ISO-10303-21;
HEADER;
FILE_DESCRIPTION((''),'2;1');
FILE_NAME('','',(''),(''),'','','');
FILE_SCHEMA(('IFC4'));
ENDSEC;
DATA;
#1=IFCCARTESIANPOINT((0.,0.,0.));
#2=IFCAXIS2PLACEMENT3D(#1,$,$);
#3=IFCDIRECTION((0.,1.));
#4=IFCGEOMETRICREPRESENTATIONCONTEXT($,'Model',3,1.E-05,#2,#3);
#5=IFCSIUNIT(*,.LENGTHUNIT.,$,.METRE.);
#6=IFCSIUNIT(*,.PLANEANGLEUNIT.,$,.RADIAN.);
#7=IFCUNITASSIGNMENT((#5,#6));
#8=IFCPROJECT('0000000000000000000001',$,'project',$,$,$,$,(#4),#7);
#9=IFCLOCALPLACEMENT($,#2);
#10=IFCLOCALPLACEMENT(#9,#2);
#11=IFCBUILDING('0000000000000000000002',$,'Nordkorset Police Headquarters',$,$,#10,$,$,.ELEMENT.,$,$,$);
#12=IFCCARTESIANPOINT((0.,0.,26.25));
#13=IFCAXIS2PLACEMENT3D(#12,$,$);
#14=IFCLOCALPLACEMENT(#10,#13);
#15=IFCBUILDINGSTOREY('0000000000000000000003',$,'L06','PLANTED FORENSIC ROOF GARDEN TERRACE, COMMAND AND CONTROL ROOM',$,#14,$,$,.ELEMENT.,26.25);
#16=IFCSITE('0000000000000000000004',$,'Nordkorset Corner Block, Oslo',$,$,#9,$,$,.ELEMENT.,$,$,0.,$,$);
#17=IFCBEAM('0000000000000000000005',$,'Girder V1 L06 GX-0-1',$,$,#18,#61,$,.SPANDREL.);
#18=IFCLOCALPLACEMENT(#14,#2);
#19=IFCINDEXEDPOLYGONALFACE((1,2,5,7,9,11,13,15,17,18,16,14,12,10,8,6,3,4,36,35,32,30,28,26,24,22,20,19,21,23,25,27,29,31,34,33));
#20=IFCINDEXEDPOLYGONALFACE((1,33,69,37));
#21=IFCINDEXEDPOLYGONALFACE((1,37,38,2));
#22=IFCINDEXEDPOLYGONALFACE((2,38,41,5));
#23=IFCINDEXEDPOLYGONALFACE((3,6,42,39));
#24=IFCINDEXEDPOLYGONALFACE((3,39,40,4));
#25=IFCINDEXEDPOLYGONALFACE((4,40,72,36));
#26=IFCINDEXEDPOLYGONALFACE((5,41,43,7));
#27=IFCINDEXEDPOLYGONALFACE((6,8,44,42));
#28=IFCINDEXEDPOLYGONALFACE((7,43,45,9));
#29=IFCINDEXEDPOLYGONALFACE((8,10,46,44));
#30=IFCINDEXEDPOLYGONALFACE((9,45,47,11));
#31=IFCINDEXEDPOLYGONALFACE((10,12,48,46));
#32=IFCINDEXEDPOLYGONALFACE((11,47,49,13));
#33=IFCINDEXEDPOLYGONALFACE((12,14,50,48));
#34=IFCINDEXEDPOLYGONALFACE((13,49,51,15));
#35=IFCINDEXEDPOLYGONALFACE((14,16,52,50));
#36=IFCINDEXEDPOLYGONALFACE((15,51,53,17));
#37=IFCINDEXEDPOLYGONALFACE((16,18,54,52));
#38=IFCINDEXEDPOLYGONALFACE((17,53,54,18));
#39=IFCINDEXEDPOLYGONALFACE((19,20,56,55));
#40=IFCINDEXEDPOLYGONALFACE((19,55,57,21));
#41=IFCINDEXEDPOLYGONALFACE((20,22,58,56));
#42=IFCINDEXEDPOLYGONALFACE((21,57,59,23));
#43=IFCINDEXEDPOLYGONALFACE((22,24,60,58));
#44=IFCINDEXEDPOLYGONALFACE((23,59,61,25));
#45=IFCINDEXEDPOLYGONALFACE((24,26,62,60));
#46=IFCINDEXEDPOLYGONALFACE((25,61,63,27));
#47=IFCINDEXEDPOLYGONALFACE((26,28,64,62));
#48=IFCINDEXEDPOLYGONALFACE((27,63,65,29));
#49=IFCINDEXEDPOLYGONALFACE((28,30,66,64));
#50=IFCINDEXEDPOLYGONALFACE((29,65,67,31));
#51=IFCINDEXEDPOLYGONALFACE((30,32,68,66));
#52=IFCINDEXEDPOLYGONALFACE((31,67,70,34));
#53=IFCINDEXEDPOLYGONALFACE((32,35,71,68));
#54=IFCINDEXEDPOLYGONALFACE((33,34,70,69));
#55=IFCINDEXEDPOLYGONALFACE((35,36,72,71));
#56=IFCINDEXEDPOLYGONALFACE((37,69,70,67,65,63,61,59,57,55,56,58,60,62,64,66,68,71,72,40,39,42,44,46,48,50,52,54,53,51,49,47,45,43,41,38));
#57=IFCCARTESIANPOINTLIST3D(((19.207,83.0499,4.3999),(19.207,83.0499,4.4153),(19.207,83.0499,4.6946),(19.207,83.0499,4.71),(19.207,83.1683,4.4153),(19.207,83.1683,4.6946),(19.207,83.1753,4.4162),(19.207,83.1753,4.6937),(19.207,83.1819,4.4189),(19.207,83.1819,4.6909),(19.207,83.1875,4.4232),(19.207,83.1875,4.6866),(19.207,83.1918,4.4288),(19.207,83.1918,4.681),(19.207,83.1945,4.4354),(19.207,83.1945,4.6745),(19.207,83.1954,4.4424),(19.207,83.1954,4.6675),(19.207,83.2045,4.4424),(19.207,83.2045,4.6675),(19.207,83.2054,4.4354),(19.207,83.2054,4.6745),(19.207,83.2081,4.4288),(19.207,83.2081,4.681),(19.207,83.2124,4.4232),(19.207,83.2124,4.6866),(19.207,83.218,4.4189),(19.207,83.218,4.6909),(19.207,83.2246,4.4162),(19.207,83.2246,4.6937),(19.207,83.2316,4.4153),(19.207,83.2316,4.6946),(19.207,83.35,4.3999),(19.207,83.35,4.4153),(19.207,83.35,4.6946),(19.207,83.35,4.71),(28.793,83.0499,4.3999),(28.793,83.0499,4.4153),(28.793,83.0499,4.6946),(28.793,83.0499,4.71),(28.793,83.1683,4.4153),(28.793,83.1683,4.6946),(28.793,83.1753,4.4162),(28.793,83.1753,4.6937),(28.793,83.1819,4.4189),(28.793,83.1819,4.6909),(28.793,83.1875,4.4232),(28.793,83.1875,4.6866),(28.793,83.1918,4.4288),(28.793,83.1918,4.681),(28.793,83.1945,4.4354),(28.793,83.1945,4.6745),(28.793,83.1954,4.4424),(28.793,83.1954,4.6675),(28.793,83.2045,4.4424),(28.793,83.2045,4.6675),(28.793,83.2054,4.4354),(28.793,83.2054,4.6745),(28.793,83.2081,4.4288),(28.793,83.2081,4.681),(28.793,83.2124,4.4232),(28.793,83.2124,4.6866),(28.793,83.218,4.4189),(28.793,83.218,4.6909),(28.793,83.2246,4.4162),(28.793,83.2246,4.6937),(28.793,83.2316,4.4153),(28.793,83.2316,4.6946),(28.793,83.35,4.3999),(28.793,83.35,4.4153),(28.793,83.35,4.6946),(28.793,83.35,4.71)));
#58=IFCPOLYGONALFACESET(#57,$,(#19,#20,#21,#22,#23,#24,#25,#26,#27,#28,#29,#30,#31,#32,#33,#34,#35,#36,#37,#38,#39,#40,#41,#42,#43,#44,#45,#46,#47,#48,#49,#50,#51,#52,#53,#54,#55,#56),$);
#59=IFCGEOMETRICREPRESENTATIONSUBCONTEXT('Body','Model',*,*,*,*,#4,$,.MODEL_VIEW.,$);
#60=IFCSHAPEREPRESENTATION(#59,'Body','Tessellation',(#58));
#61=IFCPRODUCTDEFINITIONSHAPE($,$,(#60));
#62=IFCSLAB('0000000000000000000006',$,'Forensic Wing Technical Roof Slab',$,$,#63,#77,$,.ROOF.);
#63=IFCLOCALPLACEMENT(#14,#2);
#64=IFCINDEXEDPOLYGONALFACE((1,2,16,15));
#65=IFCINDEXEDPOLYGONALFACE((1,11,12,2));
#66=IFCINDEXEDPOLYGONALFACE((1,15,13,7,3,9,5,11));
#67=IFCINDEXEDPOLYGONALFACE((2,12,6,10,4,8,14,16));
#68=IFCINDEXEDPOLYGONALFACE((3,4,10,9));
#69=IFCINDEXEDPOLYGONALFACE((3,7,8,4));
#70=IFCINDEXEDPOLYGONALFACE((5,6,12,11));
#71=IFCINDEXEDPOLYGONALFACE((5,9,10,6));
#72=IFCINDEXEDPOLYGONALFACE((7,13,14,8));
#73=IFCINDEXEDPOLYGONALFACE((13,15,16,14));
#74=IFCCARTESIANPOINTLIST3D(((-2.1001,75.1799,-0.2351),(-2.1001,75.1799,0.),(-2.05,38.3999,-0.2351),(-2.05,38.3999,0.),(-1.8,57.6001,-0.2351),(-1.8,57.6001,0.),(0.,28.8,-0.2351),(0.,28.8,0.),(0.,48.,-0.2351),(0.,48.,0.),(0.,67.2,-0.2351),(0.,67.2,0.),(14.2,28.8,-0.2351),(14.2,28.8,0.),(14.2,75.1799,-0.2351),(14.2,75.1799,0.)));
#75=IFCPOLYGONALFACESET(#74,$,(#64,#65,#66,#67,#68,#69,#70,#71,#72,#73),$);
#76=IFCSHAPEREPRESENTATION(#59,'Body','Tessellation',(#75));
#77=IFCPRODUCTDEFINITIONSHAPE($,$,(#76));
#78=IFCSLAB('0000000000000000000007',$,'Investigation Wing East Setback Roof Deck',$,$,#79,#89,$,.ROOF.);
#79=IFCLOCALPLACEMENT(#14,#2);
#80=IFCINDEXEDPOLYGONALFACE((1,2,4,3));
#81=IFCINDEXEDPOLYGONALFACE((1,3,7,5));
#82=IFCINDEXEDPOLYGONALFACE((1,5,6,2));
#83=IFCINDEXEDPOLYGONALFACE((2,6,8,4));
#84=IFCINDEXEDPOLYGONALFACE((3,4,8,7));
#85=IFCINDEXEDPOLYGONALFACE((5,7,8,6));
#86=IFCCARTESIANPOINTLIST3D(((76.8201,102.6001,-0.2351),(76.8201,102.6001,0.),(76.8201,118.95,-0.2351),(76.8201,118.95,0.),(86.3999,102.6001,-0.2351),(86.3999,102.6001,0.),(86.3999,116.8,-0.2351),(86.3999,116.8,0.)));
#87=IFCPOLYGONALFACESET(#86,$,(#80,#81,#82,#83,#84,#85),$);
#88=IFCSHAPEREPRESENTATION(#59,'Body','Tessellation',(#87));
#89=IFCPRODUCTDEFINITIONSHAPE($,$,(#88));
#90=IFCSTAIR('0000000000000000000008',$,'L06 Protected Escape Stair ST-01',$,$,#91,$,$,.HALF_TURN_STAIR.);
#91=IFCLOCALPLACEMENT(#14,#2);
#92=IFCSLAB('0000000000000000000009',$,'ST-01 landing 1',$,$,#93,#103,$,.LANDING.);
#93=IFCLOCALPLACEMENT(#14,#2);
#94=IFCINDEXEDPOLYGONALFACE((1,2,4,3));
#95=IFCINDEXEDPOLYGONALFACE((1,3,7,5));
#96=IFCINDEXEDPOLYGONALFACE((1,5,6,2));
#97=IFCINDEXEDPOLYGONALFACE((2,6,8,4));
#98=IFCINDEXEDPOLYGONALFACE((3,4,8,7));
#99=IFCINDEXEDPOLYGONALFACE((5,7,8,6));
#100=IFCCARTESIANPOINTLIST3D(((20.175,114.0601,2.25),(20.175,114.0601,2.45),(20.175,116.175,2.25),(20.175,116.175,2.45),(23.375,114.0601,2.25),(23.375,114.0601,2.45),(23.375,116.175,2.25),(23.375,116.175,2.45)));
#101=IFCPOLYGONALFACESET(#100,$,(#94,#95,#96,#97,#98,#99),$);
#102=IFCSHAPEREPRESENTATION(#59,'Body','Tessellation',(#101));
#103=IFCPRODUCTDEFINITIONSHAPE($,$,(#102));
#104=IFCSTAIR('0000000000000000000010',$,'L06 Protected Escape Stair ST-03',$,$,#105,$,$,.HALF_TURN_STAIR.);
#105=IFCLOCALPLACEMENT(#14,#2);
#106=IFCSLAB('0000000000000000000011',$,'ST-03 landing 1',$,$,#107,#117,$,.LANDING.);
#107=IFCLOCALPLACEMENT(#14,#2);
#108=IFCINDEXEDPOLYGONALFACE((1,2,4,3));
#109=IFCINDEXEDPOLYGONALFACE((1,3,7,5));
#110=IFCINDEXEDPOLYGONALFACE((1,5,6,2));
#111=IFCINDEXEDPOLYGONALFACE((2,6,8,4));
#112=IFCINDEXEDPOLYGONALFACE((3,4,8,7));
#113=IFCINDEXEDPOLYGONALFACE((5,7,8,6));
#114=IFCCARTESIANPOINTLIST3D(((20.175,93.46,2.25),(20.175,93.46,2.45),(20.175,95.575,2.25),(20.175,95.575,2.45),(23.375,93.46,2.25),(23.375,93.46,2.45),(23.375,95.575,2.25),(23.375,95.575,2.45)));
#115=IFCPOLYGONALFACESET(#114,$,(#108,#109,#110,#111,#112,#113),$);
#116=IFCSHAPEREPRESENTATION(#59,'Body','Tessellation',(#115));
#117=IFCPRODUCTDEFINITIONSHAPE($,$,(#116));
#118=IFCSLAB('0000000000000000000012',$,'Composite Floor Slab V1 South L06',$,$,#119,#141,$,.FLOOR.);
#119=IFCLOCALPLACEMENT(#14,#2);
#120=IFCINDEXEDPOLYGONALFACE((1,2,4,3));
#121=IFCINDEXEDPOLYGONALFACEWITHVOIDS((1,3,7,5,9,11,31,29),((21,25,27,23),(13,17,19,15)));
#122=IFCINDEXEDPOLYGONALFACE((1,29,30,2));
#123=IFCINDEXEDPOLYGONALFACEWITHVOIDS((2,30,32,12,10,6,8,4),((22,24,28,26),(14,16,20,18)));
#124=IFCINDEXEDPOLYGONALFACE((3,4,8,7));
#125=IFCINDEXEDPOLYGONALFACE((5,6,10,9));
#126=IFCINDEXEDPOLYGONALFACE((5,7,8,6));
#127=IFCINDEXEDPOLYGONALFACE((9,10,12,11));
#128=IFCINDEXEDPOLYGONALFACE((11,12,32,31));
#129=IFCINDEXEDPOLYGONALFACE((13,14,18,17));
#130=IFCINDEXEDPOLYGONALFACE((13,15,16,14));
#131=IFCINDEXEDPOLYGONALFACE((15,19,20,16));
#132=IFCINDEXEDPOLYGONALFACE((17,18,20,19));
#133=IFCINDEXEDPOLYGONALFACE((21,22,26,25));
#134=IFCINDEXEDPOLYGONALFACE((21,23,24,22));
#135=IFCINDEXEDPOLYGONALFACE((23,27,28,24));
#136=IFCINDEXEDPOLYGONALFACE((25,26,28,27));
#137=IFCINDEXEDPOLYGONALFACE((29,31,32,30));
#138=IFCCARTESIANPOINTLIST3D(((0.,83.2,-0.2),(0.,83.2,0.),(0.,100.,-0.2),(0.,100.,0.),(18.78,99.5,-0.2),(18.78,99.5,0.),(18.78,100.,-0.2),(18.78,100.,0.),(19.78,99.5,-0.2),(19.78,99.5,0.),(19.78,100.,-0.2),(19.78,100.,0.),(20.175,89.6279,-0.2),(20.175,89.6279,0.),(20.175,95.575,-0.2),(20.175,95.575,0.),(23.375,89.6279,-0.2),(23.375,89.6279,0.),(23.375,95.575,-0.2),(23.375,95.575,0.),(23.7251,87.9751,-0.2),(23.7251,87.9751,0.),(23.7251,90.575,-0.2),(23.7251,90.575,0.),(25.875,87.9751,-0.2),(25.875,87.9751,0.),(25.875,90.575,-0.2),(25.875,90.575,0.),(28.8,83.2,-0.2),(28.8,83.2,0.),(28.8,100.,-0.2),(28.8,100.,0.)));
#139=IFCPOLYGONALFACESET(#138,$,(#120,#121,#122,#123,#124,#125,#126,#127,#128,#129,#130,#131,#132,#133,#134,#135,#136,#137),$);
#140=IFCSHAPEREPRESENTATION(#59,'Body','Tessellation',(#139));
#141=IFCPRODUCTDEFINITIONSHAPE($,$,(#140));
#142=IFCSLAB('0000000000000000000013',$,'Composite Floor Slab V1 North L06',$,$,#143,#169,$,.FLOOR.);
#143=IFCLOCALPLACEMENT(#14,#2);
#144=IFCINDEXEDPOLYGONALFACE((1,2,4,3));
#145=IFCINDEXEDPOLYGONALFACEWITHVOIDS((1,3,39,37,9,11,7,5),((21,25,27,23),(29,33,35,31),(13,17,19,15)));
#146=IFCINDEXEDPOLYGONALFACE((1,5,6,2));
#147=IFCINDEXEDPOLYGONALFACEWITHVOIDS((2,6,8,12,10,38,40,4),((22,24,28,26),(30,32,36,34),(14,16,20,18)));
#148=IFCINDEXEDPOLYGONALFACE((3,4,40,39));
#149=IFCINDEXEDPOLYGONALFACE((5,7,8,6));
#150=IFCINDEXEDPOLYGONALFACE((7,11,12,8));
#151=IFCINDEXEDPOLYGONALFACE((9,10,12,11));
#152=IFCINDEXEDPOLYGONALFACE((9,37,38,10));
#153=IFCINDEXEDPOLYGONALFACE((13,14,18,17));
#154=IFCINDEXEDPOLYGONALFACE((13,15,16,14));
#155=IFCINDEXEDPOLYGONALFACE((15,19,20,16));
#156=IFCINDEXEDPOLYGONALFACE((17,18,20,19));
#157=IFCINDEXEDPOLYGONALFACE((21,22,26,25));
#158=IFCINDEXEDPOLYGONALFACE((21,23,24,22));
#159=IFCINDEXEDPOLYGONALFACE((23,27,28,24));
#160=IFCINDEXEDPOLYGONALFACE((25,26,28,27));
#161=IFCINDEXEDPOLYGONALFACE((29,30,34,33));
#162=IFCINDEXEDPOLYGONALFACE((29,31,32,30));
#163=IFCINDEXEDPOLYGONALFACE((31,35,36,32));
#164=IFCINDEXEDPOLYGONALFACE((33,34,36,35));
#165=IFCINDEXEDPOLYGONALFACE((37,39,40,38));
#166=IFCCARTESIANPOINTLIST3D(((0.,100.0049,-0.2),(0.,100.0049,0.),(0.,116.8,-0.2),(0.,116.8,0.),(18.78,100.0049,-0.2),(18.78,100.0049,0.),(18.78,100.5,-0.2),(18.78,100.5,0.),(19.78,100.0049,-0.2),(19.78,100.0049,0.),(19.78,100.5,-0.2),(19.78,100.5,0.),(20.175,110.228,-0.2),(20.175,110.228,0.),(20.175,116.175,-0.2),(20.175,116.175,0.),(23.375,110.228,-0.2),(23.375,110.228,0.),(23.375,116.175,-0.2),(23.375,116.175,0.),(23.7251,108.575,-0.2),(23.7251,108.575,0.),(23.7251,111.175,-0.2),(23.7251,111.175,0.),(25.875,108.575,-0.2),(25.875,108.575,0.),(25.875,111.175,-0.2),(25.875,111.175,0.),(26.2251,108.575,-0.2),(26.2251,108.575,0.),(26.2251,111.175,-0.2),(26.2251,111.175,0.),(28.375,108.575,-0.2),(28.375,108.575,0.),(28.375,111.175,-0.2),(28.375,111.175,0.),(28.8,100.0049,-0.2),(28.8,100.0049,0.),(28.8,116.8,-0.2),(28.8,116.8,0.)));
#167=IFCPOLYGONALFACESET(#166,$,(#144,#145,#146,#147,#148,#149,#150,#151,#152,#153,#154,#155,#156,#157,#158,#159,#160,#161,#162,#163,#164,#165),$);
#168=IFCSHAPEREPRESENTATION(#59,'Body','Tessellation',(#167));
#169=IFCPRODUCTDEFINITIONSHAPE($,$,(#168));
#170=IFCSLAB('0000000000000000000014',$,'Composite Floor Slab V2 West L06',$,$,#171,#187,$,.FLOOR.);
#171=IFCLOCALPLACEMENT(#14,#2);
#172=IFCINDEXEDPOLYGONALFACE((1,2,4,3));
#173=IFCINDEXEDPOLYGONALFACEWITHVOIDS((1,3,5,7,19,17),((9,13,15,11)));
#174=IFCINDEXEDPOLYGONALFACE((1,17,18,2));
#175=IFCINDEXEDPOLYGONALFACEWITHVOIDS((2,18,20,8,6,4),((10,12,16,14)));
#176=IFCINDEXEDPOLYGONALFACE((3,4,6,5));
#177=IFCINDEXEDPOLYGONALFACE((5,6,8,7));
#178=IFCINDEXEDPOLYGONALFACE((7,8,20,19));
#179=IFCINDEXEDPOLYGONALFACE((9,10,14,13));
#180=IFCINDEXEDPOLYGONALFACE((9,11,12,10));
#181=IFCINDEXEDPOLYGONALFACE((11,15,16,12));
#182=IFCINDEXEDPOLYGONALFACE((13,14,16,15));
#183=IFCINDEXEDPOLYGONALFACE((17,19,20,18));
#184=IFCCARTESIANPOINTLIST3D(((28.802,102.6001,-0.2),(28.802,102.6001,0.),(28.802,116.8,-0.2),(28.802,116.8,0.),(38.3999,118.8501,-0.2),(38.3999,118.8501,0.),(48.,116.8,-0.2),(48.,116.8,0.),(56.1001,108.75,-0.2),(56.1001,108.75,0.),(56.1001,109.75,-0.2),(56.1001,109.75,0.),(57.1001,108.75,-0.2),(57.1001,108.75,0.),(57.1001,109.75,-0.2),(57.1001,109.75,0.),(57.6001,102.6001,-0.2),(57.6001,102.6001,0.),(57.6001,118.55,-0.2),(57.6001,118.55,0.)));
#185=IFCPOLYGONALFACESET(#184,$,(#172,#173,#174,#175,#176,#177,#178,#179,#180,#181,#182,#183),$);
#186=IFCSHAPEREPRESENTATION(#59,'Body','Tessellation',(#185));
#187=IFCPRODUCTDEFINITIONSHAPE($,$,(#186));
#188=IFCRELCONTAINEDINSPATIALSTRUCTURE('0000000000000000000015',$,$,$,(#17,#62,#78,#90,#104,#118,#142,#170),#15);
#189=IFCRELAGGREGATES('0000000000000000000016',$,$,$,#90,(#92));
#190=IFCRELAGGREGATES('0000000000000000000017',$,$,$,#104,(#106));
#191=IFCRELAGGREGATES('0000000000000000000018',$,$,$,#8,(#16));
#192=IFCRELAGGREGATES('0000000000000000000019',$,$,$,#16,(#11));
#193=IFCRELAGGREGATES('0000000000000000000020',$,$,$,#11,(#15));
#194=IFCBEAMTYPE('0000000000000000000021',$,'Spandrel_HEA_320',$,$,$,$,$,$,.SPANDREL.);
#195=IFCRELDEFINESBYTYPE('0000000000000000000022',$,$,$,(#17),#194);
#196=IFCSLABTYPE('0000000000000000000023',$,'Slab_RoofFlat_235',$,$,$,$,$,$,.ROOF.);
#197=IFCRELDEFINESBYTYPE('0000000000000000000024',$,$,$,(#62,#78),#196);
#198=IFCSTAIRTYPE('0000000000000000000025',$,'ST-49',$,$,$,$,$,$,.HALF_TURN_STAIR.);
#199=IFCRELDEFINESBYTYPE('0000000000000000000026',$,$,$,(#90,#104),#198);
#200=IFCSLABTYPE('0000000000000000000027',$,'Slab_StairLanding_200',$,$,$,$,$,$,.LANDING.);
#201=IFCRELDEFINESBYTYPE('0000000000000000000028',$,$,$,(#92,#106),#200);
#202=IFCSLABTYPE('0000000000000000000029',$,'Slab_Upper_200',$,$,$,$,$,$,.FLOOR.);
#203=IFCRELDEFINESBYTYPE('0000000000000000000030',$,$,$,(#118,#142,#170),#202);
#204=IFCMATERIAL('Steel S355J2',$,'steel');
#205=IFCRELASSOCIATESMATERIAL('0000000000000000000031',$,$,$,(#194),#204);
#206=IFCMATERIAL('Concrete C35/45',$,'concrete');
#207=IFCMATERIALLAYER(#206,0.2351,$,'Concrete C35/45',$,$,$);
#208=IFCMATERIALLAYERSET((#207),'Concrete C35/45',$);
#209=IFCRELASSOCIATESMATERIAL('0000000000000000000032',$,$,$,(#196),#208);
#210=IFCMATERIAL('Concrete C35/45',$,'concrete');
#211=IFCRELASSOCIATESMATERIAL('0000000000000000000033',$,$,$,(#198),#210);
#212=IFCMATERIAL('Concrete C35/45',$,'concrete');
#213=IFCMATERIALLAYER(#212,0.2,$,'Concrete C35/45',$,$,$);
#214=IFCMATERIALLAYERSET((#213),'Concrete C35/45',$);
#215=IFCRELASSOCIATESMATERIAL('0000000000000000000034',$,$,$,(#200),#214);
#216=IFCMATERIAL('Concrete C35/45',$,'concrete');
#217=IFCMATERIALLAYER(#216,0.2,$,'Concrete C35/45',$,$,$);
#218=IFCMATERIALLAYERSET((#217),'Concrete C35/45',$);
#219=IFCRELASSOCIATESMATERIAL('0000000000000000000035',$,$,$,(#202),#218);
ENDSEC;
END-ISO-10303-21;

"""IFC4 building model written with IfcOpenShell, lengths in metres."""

from ifc_helpers import new_model, si_unit, direction, frame, origin, origin_2d, place, context, subcontext, project, spatial, polyline, i_section, outline, extrude, material, layer, layer_set, material_profile, profile_set, type_object, element, aggregate, save


model = new_model("IFC4")

# Units and contexts
model_context = context("Model", 3, precision=1e-05, world=origin(), true_north=direction((0.0, 1.0)))
body_context = subcontext(model_context, "Body", "Model", "MODEL_VIEW")
ifc_project = project(units=[si_unit("LENGTHUNIT", "METRE"), si_unit("PLANEANGLEUNIT", "RADIAN")], contexts=[model_context])

# Site, building, storey
site_placement = place(None, origin())
site = spatial("IfcSite", under=ifc_project, at=site_placement, Name="Nordkorset Corner Block, Oslo", CompositionType="ELEMENT", RefElevation=0.0)
building_placement = place(site_placement, origin())
building = spatial("IfcBuilding", under=site, at=building_placement, Name="Nordkorset Police Headquarters", CompositionType="ELEMENT")
storey_placement = place(building_placement, frame((0.0, 0.0, 26.25)))
storey = spatial("IfcBuildingStorey", under=building, at=storey_placement, Name="L06", Description="PLANTED FORENSIC ROOF GARDEN TERRACE, COMMAND AND CONTROL ROOM", CompositionType="ELEMENT", Elevation=26.25)

# Beam
ifc_material_1 = material(Name="Steel S355J2", Category="steel")
ifc_material_profile_1 = material_profile(ifc_material_1, i_section(OverallWidth=0.3, OverallDepth=0.3101, WebThickness=0.009, FlangeThickness=0.0154, FilletRadius=0.0271, at=origin_2d()), Name="HEA 320")
ifc_profile_set_1 = profile_set([ifc_material_profile_1], Name="Steel S355J2")
beam_type_1 = type_object("IfcBeamType", Name="Spandrel_HEA_320", PredefinedType="SPANDREL", material=ifc_profile_set_1)
beam_1_placement = place(storey_placement, frame((19.207, 83.2, 4.5549), z_axis=(1.0, 0.0, 0.0), x_axis=(0.0, 1.0, 0.0)))
element("IfcBeam", 1, at=beam_1_placement, inside=storey, type_object=beam_type_1, Name="Girder V1 L06 GX-0-1", PredefinedType="SPANDREL", context=body_context, shape_type="SweptSolid", body=[
    extrude(i_section(OverallWidth=0.3, OverallDepth=0.3101, WebThickness=0.009, FlangeThickness=0.0154, FilletRadius=0.0271, at=origin_2d()), origin(), (0.0, 0.0, 1.0), 9.5859),
])

# Slabs
ifc_material_2 = material(Name="Concrete C35/45", Category="concrete")
ifc_layer_1 = layer(ifc_material_2, 0.2351, Name="Concrete C35/45")
ifc_layer_set_1 = layer_set([ifc_layer_1], Name="Concrete C35/45")
slab_type_1 = type_object("IfcSlabType", Name="Slab_RoofFlat_235", PredefinedType="ROOF", material=ifc_layer_set_1)
slab_1_placement = place(storey_placement, frame((0.0, 0.0, -0.2351)))
element("IfcSlab", 2, at=slab_1_placement, inside=storey, type_object=slab_type_1, Name="Forensic Wing Technical Roof Slab", PredefinedType="ROOF", context=body_context, shape_type="SweptSolid", body=[
    extrude(outline(polyline([(0.0, 28.8), (14.2, 28.8), (14.2, 75.1799), (-2.1001, 75.1799), (0.0, 67.2), (-1.8, 57.6001), (0.0, 48.0), (-2.05, 38.3999), (0.0, 28.8)])), origin(), (0.0, 0.0, 1.0), 0.2351),
])
slab_2_placement = place(storey_placement, frame((0.0, 0.0, -0.2351)))
element("IfcSlab", 3, at=slab_2_placement, inside=storey, type_object=slab_type_1, Name="Investigation Wing East Setback Roof Deck", PredefinedType="ROOF", context=body_context, shape_type="SweptSolid", body=[
    extrude(outline(polyline([(76.8201, 102.6001), (86.3999, 102.6001), (86.3999, 116.8), (76.8201, 118.95), (76.8201, 102.6001)])), origin(), (0.0, 0.0, 1.0), 0.2351),
])

# Stairs, slabs
ifc_material_3 = material(Name="Concrete C35/45", Category="concrete")
stair_type = type_object("IfcStairType", Name="ST-49", PredefinedType="HALF_TURN_STAIR", material=ifc_material_3)
stair_1_placement = place(storey_placement, origin())
stair_1 = element("IfcStair", 4, at=stair_1_placement, inside=storey, type_object=stair_type, Name="L06 Protected Escape Stair ST-01", PredefinedType="HALF_TURN_STAIR")
ifc_material_4 = material(Name="Concrete C35/45", Category="concrete")
ifc_layer_2 = layer(ifc_material_4, 0.2, Name="Concrete C35/45")
ifc_layer_set_2 = layer_set([ifc_layer_2], Name="Concrete C35/45")
slab_type_2 = type_object("IfcSlabType", Name="Slab_StairLanding_200", PredefinedType="LANDING", material=ifc_layer_set_2)
slab_3_placement = place(storey_placement, frame((0.0, 0.0, 2.25)))
slab_3 = element("IfcSlab", 5, at=slab_3_placement, type_object=slab_type_2, Name="ST-01 landing 1", PredefinedType="LANDING", context=body_context, shape_type="SweptSolid", body=[
    extrude(outline(polyline([(23.375, 114.0601), (23.375, 116.175), (20.175, 116.175), (20.175, 114.0601), (23.375, 114.0601)])), origin(), (0.0, 0.0, 1.0), 0.2),
])
aggregate(stair_1, [slab_3])
stair_2_placement = place(storey_placement, origin())
stair_2 = element("IfcStair", 6, at=stair_2_placement, inside=storey, type_object=stair_type, Name="L06 Protected Escape Stair ST-03", PredefinedType="HALF_TURN_STAIR")
slab_4_placement = place(storey_placement, frame((0.0, 0.0, 2.25)))
slab_4 = element("IfcSlab", 7, at=slab_4_placement, type_object=slab_type_2, Name="ST-03 landing 1", PredefinedType="LANDING", context=body_context, shape_type="SweptSolid", body=[
    extrude(outline(polyline([(23.375, 93.46), (23.375, 95.575), (20.175, 95.575), (20.175, 93.46), (23.375, 93.46)])), origin(), (0.0, 0.0, 1.0), 0.2),
])
aggregate(stair_2, [slab_4])

# Slabs
ifc_material_5 = material(Name="Concrete C35/45", Category="concrete")
ifc_layer_3 = layer(ifc_material_5, 0.2, Name="Concrete C35/45")
ifc_layer_set_3 = layer_set([ifc_layer_3], Name="Concrete C35/45")
slab_type_3 = type_object("IfcSlabType", Name="Slab_Upper_200", PredefinedType="FLOOR", material=ifc_layer_set_3)
slab_5_placement = place(storey_placement, frame((0.0, 0.0, -0.2)))
element("IfcSlab", 8, at=slab_5_placement, inside=storey, type_object=slab_type_3, Name="Composite Floor Slab V1 South L06", PredefinedType="FLOOR", context=body_context, shape_type="SweptSolid", body=[
    extrude(outline(polyline([(18.78, 100.0), (18.78, 99.5), (19.78, 99.5), (19.78, 100.0), (28.8, 100.0), (28.8, 83.2), (0.0, 83.2), (0.0, 100.0), (18.78, 100.0)]), holes=[polyline([(20.175, 95.575), (20.175, 89.6279), (23.375, 89.6279), (23.375, 95.575), (20.175, 95.575)]), polyline([(25.875, 90.575), (23.7251, 90.575), (23.7251, 87.9751), (25.875, 87.9751), (25.875, 90.575)])]), origin(), (0.0, 0.0, 1.0), 0.2),
])
slab_6_placement = place(storey_placement, frame((0.0, 0.0, -0.2)))
element("IfcSlab", 9, at=slab_6_placement, inside=storey, type_object=slab_type_3, Name="Composite Floor Slab V1 North L06", PredefinedType="FLOOR", context=body_context, shape_type="SweptSolid", body=[
    extrude(outline(polyline([(28.8, 100.0049), (19.78, 100.0049), (19.78, 100.5), (18.78, 100.5), (18.78, 100.0049), (0.0, 100.0049), (0.0, 116.8), (28.8, 116.8), (28.8, 100.0049)]), holes=[polyline([(20.175, 110.228), (23.375, 110.228), (23.375, 116.175), (20.175, 116.175), (20.175, 110.228)]), polyline([(23.7251, 111.175), (23.7251, 108.575), (25.875, 108.575), (25.875, 111.175), (23.7251, 111.175)]), polyline([(28.375, 111.175), (26.2251, 111.175), (26.2251, 108.575), (28.375, 108.575), (28.375, 111.175)])]), origin(), (0.0, 0.0, 1.0), 0.2),
])
slab_7_placement = place(storey_placement, frame((0.0, 0.0, -0.2)))
element("IfcSlab", 10, at=slab_7_placement, inside=storey, type_object=slab_type_3, Name="Composite Floor Slab V2 West L06", PredefinedType="FLOOR", context=body_context, shape_type="SweptSolid", body=[
    extrude(outline(polyline([(28.802, 116.8), (38.3999, 118.8501), (48.0, 116.8), (57.6001, 118.55), (57.6001, 102.6001), (28.802, 102.6001), (28.802, 116.8)]), holes=[polyline([(57.1001, 109.75), (56.1001, 109.75), (56.1001, 108.75), (57.1001, 108.75), (57.1001, 109.75)])]), origin(), (0.0, 0.0, 1.0), 0.2),
])

save(model, "model.ifc")
